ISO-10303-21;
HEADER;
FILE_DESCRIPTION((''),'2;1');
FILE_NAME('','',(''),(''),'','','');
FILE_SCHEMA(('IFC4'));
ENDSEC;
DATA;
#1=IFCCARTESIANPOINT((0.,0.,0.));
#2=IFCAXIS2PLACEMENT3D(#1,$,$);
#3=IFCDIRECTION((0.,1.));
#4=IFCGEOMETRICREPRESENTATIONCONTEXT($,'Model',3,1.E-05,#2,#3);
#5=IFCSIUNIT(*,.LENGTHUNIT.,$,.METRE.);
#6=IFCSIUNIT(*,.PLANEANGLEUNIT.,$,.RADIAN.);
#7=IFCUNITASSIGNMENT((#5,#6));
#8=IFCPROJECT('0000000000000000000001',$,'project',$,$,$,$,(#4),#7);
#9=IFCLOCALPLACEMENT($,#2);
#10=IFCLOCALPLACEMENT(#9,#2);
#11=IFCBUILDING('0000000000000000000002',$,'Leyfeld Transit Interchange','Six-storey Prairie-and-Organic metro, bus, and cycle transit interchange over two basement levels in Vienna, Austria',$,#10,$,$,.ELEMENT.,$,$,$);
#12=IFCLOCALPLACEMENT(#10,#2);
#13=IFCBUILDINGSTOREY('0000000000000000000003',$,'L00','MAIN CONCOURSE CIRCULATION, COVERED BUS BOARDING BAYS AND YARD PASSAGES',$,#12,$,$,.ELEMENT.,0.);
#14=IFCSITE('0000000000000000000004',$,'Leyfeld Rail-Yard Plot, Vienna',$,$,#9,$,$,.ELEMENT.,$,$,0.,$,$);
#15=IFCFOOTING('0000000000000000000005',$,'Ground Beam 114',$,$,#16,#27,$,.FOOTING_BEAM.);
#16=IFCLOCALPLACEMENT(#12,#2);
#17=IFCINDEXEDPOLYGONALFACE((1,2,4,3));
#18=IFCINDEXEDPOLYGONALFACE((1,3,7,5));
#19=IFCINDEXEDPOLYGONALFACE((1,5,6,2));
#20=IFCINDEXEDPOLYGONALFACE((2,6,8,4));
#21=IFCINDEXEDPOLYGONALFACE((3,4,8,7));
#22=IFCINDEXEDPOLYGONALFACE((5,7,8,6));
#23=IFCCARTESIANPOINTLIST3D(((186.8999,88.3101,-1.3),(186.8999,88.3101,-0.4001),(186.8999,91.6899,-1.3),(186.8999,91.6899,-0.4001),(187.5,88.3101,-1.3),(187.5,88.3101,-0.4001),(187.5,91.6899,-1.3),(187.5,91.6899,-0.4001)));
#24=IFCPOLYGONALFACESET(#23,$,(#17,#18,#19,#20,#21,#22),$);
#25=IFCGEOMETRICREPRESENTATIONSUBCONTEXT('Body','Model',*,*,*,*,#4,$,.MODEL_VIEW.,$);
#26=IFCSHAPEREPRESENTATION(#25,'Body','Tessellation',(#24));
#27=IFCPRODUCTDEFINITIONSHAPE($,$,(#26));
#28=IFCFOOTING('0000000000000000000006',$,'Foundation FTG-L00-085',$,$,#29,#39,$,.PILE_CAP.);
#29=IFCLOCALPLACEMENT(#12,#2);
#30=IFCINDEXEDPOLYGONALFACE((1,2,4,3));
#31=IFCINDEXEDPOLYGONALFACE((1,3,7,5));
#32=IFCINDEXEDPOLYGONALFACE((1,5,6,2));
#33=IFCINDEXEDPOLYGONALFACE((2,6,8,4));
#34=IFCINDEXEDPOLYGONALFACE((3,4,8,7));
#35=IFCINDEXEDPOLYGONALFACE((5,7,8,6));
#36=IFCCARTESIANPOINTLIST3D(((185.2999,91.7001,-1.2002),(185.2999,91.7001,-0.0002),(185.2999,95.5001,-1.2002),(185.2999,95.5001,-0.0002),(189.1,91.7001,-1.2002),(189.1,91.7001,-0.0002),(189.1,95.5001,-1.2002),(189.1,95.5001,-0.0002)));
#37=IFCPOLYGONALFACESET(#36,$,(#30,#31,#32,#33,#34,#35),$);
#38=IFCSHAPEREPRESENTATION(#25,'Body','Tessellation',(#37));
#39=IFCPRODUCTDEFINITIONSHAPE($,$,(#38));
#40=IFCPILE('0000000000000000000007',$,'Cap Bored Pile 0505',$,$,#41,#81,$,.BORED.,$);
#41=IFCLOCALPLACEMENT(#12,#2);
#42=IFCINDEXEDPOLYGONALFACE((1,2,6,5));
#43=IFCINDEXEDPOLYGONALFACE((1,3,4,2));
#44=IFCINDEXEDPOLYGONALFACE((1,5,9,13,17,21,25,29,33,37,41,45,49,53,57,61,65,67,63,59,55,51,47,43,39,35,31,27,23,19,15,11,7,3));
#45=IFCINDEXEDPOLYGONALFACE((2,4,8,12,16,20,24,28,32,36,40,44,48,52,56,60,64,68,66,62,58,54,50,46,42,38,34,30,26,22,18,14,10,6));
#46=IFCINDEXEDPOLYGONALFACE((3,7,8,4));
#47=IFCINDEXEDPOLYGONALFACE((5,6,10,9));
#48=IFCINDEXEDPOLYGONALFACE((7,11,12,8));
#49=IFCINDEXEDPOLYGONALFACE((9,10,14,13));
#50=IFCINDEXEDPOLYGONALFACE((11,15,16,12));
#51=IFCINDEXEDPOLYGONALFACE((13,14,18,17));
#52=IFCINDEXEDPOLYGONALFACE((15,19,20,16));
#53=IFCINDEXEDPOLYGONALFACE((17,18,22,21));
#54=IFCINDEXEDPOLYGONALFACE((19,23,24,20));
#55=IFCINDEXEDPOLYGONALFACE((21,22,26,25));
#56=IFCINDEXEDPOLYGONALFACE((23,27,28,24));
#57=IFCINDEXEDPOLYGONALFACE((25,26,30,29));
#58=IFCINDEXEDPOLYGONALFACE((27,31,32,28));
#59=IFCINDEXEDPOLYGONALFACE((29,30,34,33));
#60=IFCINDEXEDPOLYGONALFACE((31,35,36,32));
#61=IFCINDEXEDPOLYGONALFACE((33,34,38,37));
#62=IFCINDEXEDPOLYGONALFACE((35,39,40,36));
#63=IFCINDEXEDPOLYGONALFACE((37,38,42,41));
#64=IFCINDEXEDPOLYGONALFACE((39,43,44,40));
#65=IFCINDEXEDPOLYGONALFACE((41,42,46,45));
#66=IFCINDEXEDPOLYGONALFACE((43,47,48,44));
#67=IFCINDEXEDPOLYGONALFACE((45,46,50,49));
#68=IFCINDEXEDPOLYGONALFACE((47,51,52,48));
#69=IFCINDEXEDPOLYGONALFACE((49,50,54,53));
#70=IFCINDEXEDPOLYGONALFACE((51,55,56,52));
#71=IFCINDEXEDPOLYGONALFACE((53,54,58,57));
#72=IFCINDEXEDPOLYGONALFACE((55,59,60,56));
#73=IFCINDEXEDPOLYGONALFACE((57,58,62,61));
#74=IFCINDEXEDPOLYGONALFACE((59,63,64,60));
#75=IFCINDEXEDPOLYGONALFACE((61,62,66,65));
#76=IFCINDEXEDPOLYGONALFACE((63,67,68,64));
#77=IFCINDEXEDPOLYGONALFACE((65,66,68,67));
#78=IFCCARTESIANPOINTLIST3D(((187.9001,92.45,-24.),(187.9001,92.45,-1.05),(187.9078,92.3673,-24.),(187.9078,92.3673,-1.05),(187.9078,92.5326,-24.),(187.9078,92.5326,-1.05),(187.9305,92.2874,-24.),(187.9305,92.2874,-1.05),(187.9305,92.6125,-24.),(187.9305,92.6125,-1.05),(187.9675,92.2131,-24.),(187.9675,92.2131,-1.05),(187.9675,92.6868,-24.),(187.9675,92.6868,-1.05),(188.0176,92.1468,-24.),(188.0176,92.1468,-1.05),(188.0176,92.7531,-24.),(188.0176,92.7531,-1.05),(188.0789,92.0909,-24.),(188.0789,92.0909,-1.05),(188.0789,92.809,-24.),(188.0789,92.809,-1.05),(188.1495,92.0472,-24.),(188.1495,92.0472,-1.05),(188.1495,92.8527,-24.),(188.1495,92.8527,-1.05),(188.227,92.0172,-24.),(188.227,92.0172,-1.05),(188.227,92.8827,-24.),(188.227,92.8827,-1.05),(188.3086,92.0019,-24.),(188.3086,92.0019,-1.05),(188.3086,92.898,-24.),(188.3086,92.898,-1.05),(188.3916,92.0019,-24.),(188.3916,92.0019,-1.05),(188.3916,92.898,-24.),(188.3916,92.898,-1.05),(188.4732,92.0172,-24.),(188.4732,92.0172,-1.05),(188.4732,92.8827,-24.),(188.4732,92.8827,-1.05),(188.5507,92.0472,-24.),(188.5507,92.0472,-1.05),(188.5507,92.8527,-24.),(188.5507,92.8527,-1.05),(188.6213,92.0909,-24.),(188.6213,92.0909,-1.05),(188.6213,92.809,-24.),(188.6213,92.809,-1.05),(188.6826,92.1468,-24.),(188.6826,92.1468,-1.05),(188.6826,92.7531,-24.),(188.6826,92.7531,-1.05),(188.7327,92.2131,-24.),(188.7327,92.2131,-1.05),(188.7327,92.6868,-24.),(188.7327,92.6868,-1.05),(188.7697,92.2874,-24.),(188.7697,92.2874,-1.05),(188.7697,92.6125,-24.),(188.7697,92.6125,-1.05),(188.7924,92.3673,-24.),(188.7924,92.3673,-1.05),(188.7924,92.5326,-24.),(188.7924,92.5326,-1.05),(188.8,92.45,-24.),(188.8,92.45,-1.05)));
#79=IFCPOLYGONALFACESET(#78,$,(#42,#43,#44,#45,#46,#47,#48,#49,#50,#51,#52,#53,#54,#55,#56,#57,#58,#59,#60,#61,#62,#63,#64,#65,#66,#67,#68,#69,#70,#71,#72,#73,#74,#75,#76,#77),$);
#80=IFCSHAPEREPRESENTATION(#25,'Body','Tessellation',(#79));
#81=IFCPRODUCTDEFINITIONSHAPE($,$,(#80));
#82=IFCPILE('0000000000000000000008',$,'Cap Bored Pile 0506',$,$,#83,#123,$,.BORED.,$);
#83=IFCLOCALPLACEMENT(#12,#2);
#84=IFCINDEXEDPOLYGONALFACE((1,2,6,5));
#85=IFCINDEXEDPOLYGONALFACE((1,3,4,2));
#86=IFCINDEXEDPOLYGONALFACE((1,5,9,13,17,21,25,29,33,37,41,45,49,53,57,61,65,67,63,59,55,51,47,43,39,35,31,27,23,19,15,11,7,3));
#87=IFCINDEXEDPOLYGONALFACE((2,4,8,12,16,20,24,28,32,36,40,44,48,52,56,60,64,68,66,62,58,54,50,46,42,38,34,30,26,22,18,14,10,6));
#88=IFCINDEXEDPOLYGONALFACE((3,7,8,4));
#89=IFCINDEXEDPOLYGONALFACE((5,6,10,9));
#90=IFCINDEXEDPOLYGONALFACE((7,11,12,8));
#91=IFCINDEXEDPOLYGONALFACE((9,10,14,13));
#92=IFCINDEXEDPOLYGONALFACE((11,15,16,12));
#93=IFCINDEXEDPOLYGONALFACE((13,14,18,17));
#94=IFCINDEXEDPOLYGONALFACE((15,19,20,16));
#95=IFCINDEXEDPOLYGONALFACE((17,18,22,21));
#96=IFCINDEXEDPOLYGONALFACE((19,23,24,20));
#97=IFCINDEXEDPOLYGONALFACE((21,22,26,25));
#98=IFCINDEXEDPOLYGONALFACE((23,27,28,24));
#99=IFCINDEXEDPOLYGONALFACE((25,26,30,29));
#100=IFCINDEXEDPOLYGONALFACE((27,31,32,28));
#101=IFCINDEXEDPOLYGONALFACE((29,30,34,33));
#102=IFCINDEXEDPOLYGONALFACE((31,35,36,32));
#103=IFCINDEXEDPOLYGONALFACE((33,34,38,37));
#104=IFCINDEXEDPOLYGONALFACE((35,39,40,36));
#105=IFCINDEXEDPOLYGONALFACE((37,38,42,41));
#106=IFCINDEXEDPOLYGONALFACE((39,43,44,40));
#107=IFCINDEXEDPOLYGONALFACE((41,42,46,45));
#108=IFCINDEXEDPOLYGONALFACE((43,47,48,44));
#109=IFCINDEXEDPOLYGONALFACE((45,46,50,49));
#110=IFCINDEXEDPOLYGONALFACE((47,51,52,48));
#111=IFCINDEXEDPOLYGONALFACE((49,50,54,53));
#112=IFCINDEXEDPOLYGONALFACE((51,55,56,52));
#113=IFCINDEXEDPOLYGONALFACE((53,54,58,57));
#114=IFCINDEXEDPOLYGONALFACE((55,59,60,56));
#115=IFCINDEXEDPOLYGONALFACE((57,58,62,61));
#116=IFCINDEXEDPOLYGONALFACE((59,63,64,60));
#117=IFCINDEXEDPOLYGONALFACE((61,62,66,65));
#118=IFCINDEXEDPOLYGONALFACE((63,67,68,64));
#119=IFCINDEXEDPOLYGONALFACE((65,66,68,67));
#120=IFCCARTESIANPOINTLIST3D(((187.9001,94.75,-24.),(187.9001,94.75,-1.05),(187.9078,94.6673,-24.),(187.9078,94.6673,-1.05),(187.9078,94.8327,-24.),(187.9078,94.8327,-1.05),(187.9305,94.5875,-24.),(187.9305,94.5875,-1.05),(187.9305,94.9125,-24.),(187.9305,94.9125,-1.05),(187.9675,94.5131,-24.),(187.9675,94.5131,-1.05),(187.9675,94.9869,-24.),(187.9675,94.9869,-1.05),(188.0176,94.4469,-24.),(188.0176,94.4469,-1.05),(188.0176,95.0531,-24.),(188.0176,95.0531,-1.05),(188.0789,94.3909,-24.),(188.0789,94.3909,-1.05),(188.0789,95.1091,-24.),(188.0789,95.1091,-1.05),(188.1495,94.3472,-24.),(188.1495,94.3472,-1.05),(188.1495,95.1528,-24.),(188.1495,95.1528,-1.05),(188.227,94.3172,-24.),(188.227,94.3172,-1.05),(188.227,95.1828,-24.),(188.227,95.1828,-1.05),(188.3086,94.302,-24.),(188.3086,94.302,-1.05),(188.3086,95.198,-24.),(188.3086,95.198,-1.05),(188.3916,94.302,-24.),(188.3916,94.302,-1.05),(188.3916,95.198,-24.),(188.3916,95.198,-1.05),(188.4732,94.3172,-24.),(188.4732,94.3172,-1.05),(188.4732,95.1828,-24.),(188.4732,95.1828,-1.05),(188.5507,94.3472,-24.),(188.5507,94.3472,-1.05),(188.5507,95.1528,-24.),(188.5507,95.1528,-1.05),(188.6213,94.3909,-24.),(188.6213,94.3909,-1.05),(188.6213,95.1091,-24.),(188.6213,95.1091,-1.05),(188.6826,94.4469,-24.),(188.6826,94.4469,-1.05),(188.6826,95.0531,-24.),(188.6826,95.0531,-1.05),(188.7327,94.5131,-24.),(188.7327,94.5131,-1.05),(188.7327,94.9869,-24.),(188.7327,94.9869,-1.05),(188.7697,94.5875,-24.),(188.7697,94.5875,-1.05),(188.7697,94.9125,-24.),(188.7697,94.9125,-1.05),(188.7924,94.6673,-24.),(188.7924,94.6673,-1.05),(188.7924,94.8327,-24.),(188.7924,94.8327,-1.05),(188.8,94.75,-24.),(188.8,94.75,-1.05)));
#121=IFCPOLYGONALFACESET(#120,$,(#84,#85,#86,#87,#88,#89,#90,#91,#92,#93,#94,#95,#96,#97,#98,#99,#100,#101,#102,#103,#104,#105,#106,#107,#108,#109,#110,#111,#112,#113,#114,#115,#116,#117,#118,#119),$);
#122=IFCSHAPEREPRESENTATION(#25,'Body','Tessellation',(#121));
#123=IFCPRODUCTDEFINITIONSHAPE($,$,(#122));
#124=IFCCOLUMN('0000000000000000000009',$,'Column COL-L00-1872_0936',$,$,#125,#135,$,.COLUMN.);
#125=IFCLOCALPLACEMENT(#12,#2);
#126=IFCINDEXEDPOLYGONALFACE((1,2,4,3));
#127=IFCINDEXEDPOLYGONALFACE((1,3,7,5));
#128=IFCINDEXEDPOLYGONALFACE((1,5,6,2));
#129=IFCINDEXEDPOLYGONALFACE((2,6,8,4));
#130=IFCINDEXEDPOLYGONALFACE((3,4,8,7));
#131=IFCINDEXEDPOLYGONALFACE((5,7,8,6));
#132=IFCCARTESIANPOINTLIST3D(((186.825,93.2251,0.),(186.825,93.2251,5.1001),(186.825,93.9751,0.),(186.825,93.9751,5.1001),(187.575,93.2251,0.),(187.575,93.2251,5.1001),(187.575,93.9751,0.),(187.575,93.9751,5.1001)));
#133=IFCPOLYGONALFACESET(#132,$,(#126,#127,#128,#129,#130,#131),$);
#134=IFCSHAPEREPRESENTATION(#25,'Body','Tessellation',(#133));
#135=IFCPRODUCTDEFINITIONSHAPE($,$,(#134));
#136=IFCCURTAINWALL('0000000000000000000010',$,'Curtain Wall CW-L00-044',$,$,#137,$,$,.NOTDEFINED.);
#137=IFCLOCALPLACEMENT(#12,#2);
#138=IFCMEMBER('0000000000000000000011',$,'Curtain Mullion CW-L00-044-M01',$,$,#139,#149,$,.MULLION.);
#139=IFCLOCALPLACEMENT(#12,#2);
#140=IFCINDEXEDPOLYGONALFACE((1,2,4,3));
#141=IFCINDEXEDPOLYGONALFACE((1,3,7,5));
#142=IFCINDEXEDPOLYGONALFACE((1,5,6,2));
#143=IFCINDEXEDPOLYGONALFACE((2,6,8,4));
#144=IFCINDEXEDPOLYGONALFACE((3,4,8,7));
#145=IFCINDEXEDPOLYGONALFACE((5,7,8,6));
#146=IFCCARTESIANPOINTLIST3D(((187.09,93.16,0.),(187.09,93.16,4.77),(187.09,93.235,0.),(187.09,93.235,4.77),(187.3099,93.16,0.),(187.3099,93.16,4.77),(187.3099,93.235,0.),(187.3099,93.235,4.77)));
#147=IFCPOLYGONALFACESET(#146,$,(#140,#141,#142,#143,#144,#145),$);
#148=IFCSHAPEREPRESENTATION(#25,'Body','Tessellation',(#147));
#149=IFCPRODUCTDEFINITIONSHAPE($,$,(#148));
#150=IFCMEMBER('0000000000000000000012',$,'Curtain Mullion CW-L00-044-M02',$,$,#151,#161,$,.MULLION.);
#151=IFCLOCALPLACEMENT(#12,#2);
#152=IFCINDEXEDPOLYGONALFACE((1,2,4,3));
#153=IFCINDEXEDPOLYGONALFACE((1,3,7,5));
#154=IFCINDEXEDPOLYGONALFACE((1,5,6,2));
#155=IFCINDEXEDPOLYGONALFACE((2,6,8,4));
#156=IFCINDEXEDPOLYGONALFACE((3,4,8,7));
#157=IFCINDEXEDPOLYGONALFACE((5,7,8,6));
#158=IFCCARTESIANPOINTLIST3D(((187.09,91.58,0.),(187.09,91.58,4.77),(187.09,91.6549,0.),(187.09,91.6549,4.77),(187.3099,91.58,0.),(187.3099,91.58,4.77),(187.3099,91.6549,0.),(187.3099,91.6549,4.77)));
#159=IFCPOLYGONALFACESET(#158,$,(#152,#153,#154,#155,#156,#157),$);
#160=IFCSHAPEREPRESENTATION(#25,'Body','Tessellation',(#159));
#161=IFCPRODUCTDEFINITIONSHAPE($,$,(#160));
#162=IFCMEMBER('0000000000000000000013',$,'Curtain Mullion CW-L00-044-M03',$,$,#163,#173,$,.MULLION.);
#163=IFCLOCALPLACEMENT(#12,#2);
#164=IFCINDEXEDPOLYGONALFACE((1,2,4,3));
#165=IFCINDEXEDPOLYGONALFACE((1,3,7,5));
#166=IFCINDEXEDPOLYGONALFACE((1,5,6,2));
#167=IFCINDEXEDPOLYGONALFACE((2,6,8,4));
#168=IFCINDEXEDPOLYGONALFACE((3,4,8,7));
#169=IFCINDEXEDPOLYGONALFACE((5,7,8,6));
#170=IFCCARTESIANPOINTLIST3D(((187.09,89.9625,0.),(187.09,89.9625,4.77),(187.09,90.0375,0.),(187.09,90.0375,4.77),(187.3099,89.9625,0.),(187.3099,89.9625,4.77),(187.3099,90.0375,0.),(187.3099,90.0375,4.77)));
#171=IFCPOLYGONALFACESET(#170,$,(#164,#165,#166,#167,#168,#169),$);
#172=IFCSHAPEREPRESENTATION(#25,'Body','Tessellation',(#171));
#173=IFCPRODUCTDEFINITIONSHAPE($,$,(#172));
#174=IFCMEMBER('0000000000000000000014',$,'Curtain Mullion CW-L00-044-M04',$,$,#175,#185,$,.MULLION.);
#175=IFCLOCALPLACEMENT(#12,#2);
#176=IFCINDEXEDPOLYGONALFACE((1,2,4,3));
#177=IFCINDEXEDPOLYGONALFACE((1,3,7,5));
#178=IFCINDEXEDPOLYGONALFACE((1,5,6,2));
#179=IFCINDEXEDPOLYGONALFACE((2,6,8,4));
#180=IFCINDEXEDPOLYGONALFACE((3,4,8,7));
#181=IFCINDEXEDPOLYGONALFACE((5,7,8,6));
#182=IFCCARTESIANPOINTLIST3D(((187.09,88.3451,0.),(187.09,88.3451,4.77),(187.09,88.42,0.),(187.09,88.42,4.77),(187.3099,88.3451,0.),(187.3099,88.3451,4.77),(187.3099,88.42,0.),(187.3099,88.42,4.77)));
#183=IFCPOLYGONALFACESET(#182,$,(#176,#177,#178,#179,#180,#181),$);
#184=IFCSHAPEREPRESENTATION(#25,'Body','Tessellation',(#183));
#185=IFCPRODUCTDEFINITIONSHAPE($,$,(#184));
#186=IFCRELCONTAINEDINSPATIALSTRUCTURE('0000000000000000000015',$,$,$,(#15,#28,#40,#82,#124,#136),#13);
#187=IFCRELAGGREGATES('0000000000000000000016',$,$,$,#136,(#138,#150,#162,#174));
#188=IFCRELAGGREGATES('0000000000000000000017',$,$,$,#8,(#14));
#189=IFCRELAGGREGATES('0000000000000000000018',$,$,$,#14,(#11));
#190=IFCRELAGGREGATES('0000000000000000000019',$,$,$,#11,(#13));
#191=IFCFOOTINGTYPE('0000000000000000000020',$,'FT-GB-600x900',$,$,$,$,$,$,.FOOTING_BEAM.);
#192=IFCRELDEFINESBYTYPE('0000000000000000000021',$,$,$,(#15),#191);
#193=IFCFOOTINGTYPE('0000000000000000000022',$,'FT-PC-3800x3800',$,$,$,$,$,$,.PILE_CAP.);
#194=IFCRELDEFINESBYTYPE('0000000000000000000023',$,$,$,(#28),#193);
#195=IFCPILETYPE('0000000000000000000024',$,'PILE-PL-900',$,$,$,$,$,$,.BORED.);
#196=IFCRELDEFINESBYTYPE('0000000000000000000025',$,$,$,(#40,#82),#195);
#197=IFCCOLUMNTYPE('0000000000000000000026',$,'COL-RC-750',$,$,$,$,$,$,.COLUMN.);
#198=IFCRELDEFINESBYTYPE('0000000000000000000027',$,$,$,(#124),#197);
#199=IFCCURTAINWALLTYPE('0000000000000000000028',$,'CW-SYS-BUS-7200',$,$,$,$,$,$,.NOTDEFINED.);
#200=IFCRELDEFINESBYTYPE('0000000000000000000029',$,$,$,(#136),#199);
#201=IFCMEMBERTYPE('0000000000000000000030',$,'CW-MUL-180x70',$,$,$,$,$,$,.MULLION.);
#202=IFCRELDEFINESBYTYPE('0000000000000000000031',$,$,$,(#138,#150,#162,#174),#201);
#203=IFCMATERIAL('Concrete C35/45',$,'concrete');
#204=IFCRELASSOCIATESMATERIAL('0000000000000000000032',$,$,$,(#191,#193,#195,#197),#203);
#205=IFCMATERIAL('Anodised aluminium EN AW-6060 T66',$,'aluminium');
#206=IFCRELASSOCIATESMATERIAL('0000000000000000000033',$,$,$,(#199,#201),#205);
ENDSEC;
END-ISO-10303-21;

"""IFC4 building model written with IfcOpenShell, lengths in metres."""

from ifc_helpers import new_model, si_unit, direction, frame, origin, origin_2d, place, context, subcontext, project, spatial, rectangle, circle, extrude, material, material_profile, profile_set, type_object, element, aggregate, save


model = new_model("IFC4")

# Units and contexts
model_context = context("Model", 3, precision=1e-05, world=origin(), true_north=direction((0.0, 1.0)))
body_context = subcontext(model_context, "Body", "Model", "MODEL_VIEW")
ifc_project = project(units=[si_unit("LENGTHUNIT", "METRE"), si_unit("PLANEANGLEUNIT", "RADIAN")], contexts=[model_context])

# Site, building, storey
site_placement = place(None, origin())
site = spatial("IfcSite", under=ifc_project, at=site_placement, Name="Leyfeld Rail-Yard Plot, Vienna", CompositionType="ELEMENT", RefElevation=0.0)
building_placement = place(site_placement, origin())
building = spatial("IfcBuilding", under=site, at=building_placement, Name="Leyfeld Transit Interchange", Description="Six-storey Prairie-and-Organic metro, bus, and cycle transit interchange over two basement levels in Vienna, Austria", CompositionType="ELEMENT")
storey_placement = place(building_placement, origin())
storey = spatial("IfcBuildingStorey", under=building, at=storey_placement, Name="L00", Description="MAIN CONCOURSE CIRCULATION, COVERED BUS BOARDING BAYS AND YARD PASSAGES", CompositionType="ELEMENT", Elevation=0.0)

# Footings
ifc_material_1 = material(Name="Concrete C35/45", Category="concrete")
footing_type_1 = type_object("IfcFootingType", Name="FT-GB-600x900", PredefinedType="FOOTING_BEAM", material=ifc_material_1)
footing_1_placement = place(storey_placement, frame((187.2, 90.0, -1.3), z_axis=(0.0, 0.0, 1.0), x_axis=(1.0, 0.0, 0.0)))
element("IfcFooting", 1, at=footing_1_placement, inside=storey, type_object=footing_type_1, Name="Ground Beam 114", PredefinedType="FOOTING_BEAM", context=body_context, shape_type="SweptSolid", body=[
    extrude(rectangle(XDim=0.6001, YDim=3.3799, at=origin_2d()), origin(), (0.0, 0.0, 1.0), 0.8999),
])
footing_type_2 = type_object("IfcFootingType", Name="FT-PC-3800x3800", PredefinedType="PILE_CAP", material=ifc_material_1)
footing_2_placement = place(storey_placement, frame((187.2, 93.6001, -1.2002), z_axis=(0.0, 0.0, 1.0), x_axis=(1.0, 0.0, 0.0)))
element("IfcFooting", 2, at=footing_2_placement, inside=storey, type_object=footing_type_2, Name="Foundation FTG-L00-085", PredefinedType="PILE_CAP", context=body_context, shape_type="SweptSolid", body=[
    extrude(rectangle(XDim=3.8, YDim=3.8, at=origin_2d()), origin(), (0.0, 0.0, 1.0), 1.2),
])

# Piles
ifc_material_profile_1 = material_profile(ifc_material_1, circle(Radius=0.45, at=origin_2d()), Name="PILE D900")
ifc_profile_set_1 = profile_set([ifc_material_profile_1], Name="Concrete C35/45")
pile_type = type_object("IfcPileType", Name="PILE-PL-900", PredefinedType="BORED", material=ifc_profile_set_1)
for number, where, z_axis, x_axis, name in (
    (3, (188.3501, 92.45, -1.05), (0.0, 0.0, -1.0), (1.0, 0.0, 0.0), "Cap Bored Pile 0505"),
    (4, (188.3501, 94.75, -1.05), (0.0, 0.0, -1.0), (1.0, 0.0, 0.0), "Cap Bored Pile 0506"),
):
    element("IfcPile", number, at=place(storey_placement, frame(where, z_axis=z_axis, x_axis=x_axis)), inside=storey, type_object=pile_type, Name=name, PredefinedType="BORED", context=body_context, shape_type="SweptSolid", body=[
        extrude(circle(Radius=0.45, at=origin_2d()), origin(), (0.0, 0.0, 1.0), 22.95),
    ])

# Column
ifc_material_profile_2 = material_profile(ifc_material_1, rectangle(XDim=0.75, YDim=0.75, at=origin_2d()), Name="RC 750x750")
ifc_profile_set_2 = profile_set([ifc_material_profile_2], Name="Concrete C35/45")
column_type = type_object("IfcColumnType", Name="COL-RC-750", PredefinedType="COLUMN", material=ifc_profile_set_2)
column_placement = place(storey_placement, frame((187.2, 93.6001, 0.0), z_axis=(0.0, 0.0, 1.0), x_axis=(1.0, 0.0, 0.0)))
element("IfcColumn", 5, at=column_placement, inside=storey, type_object=column_type, Name="Column COL-L00-1872_0936", PredefinedType="COLUMN", context=body_context, shape_type="SweptSolid", body=[
    extrude(rectangle(XDim=0.75, YDim=0.75, at=origin_2d()), origin(), (0.0, 0.0, 1.0), 5.1001),
])

# Curtain wall, members
ifc_material_2 = material(Name="Anodised aluminium EN AW-6060 T66", Category="aluminium")
curtain_wall_type = type_object("IfcCurtainWallType", Name="CW-SYS-BUS-7200", PredefinedType="NOTDEFINED", material=ifc_material_2)
curtain_wall_placement = place(storey_placement, origin())
curtain_wall = element("IfcCurtainWall", 6, at=curtain_wall_placement, inside=storey, type_object=curtain_wall_type, Name="Curtain Wall CW-L00-044", PredefinedType="NOTDEFINED")
ifc_material_profile_3 = material_profile(ifc_material_2, rectangle(XDim=0.075, YDim=0.22, at=origin_2d()), Name="CW-M 75x220")
ifc_profile_set_3 = profile_set([ifc_material_profile_3], Name="Anodised aluminium EN AW-6060 T66")
member_type_1 = type_object("IfcMemberType", Name="CW-MUL-180x70", PredefinedType="MULLION", material=ifc_profile_set_3)
member_1_placement = place(storey_placement, frame((187.2, 93.1975, 0.0), z_axis=(0.0, 0.0, 1.0), x_axis=(0.0, -1.0, 0.0)))
member_1 = element("IfcMember", 7, at=member_1_placement, type_object=member_type_1, Name="Curtain Mullion CW-L00-044-M01", PredefinedType="MULLION", context=body_context, shape_type="SweptSolid", body=[
    extrude(rectangle(XDim=0.075, YDim=0.22, at=origin_2d()), origin(), (0.0, 0.0, 1.0), 4.77),
])
member_2_placement = place(storey_placement, frame((187.2, 91.6174, 0.0), z_axis=(0.0, 0.0, 1.0), x_axis=(0.0, -1.0, 0.0)))
member_2 = element("IfcMember", 8, at=member_2_placement, type_object=member_type_1, Name="Curtain Mullion CW-L00-044-M02", PredefinedType="MULLION", context=body_context, shape_type="SweptSolid", body=[
    extrude(rectangle(XDim=0.075, YDim=0.22, at=origin_2d()), origin(), (0.0, 0.0, 1.0), 4.77),
])
member_3_placement = place(storey_placement, frame((187.2, 90.0, 0.0), z_axis=(0.0, 0.0, 1.0), x_axis=(0.0, -1.0, 0.0)))
member_3 = element("IfcMember", 9, at=member_3_placement, type_object=member_type_1, Name="Curtain Mullion CW-L00-044-M03", PredefinedType="MULLION", context=body_context, shape_type="SweptSolid", body=[
    extrude(rectangle(XDim=0.075, YDim=0.22, at=origin_2d()), origin(), (0.0, 0.0, 1.0), 4.77),
])
member_4_placement = place(storey_placement, frame((187.2, 88.3826, 0.0), z_axis=(0.0, 0.0, 1.0), x_axis=(0.0, -1.0, 0.0)))
member_4 = element("IfcMember", 10, at=member_4_placement, type_object=member_type_1, Name="Curtain Mullion CW-L00-044-M04", PredefinedType="MULLION", context=body_context, shape_type="SweptSolid", body=[
    extrude(rectangle(XDim=0.075, YDim=0.22, at=origin_2d()), origin(), (0.0, 0.0, 1.0), 4.77),
])
aggregate(curtain_wall, [member_1, member_2, member_3, member_4])

save(model, "model.ifc")
